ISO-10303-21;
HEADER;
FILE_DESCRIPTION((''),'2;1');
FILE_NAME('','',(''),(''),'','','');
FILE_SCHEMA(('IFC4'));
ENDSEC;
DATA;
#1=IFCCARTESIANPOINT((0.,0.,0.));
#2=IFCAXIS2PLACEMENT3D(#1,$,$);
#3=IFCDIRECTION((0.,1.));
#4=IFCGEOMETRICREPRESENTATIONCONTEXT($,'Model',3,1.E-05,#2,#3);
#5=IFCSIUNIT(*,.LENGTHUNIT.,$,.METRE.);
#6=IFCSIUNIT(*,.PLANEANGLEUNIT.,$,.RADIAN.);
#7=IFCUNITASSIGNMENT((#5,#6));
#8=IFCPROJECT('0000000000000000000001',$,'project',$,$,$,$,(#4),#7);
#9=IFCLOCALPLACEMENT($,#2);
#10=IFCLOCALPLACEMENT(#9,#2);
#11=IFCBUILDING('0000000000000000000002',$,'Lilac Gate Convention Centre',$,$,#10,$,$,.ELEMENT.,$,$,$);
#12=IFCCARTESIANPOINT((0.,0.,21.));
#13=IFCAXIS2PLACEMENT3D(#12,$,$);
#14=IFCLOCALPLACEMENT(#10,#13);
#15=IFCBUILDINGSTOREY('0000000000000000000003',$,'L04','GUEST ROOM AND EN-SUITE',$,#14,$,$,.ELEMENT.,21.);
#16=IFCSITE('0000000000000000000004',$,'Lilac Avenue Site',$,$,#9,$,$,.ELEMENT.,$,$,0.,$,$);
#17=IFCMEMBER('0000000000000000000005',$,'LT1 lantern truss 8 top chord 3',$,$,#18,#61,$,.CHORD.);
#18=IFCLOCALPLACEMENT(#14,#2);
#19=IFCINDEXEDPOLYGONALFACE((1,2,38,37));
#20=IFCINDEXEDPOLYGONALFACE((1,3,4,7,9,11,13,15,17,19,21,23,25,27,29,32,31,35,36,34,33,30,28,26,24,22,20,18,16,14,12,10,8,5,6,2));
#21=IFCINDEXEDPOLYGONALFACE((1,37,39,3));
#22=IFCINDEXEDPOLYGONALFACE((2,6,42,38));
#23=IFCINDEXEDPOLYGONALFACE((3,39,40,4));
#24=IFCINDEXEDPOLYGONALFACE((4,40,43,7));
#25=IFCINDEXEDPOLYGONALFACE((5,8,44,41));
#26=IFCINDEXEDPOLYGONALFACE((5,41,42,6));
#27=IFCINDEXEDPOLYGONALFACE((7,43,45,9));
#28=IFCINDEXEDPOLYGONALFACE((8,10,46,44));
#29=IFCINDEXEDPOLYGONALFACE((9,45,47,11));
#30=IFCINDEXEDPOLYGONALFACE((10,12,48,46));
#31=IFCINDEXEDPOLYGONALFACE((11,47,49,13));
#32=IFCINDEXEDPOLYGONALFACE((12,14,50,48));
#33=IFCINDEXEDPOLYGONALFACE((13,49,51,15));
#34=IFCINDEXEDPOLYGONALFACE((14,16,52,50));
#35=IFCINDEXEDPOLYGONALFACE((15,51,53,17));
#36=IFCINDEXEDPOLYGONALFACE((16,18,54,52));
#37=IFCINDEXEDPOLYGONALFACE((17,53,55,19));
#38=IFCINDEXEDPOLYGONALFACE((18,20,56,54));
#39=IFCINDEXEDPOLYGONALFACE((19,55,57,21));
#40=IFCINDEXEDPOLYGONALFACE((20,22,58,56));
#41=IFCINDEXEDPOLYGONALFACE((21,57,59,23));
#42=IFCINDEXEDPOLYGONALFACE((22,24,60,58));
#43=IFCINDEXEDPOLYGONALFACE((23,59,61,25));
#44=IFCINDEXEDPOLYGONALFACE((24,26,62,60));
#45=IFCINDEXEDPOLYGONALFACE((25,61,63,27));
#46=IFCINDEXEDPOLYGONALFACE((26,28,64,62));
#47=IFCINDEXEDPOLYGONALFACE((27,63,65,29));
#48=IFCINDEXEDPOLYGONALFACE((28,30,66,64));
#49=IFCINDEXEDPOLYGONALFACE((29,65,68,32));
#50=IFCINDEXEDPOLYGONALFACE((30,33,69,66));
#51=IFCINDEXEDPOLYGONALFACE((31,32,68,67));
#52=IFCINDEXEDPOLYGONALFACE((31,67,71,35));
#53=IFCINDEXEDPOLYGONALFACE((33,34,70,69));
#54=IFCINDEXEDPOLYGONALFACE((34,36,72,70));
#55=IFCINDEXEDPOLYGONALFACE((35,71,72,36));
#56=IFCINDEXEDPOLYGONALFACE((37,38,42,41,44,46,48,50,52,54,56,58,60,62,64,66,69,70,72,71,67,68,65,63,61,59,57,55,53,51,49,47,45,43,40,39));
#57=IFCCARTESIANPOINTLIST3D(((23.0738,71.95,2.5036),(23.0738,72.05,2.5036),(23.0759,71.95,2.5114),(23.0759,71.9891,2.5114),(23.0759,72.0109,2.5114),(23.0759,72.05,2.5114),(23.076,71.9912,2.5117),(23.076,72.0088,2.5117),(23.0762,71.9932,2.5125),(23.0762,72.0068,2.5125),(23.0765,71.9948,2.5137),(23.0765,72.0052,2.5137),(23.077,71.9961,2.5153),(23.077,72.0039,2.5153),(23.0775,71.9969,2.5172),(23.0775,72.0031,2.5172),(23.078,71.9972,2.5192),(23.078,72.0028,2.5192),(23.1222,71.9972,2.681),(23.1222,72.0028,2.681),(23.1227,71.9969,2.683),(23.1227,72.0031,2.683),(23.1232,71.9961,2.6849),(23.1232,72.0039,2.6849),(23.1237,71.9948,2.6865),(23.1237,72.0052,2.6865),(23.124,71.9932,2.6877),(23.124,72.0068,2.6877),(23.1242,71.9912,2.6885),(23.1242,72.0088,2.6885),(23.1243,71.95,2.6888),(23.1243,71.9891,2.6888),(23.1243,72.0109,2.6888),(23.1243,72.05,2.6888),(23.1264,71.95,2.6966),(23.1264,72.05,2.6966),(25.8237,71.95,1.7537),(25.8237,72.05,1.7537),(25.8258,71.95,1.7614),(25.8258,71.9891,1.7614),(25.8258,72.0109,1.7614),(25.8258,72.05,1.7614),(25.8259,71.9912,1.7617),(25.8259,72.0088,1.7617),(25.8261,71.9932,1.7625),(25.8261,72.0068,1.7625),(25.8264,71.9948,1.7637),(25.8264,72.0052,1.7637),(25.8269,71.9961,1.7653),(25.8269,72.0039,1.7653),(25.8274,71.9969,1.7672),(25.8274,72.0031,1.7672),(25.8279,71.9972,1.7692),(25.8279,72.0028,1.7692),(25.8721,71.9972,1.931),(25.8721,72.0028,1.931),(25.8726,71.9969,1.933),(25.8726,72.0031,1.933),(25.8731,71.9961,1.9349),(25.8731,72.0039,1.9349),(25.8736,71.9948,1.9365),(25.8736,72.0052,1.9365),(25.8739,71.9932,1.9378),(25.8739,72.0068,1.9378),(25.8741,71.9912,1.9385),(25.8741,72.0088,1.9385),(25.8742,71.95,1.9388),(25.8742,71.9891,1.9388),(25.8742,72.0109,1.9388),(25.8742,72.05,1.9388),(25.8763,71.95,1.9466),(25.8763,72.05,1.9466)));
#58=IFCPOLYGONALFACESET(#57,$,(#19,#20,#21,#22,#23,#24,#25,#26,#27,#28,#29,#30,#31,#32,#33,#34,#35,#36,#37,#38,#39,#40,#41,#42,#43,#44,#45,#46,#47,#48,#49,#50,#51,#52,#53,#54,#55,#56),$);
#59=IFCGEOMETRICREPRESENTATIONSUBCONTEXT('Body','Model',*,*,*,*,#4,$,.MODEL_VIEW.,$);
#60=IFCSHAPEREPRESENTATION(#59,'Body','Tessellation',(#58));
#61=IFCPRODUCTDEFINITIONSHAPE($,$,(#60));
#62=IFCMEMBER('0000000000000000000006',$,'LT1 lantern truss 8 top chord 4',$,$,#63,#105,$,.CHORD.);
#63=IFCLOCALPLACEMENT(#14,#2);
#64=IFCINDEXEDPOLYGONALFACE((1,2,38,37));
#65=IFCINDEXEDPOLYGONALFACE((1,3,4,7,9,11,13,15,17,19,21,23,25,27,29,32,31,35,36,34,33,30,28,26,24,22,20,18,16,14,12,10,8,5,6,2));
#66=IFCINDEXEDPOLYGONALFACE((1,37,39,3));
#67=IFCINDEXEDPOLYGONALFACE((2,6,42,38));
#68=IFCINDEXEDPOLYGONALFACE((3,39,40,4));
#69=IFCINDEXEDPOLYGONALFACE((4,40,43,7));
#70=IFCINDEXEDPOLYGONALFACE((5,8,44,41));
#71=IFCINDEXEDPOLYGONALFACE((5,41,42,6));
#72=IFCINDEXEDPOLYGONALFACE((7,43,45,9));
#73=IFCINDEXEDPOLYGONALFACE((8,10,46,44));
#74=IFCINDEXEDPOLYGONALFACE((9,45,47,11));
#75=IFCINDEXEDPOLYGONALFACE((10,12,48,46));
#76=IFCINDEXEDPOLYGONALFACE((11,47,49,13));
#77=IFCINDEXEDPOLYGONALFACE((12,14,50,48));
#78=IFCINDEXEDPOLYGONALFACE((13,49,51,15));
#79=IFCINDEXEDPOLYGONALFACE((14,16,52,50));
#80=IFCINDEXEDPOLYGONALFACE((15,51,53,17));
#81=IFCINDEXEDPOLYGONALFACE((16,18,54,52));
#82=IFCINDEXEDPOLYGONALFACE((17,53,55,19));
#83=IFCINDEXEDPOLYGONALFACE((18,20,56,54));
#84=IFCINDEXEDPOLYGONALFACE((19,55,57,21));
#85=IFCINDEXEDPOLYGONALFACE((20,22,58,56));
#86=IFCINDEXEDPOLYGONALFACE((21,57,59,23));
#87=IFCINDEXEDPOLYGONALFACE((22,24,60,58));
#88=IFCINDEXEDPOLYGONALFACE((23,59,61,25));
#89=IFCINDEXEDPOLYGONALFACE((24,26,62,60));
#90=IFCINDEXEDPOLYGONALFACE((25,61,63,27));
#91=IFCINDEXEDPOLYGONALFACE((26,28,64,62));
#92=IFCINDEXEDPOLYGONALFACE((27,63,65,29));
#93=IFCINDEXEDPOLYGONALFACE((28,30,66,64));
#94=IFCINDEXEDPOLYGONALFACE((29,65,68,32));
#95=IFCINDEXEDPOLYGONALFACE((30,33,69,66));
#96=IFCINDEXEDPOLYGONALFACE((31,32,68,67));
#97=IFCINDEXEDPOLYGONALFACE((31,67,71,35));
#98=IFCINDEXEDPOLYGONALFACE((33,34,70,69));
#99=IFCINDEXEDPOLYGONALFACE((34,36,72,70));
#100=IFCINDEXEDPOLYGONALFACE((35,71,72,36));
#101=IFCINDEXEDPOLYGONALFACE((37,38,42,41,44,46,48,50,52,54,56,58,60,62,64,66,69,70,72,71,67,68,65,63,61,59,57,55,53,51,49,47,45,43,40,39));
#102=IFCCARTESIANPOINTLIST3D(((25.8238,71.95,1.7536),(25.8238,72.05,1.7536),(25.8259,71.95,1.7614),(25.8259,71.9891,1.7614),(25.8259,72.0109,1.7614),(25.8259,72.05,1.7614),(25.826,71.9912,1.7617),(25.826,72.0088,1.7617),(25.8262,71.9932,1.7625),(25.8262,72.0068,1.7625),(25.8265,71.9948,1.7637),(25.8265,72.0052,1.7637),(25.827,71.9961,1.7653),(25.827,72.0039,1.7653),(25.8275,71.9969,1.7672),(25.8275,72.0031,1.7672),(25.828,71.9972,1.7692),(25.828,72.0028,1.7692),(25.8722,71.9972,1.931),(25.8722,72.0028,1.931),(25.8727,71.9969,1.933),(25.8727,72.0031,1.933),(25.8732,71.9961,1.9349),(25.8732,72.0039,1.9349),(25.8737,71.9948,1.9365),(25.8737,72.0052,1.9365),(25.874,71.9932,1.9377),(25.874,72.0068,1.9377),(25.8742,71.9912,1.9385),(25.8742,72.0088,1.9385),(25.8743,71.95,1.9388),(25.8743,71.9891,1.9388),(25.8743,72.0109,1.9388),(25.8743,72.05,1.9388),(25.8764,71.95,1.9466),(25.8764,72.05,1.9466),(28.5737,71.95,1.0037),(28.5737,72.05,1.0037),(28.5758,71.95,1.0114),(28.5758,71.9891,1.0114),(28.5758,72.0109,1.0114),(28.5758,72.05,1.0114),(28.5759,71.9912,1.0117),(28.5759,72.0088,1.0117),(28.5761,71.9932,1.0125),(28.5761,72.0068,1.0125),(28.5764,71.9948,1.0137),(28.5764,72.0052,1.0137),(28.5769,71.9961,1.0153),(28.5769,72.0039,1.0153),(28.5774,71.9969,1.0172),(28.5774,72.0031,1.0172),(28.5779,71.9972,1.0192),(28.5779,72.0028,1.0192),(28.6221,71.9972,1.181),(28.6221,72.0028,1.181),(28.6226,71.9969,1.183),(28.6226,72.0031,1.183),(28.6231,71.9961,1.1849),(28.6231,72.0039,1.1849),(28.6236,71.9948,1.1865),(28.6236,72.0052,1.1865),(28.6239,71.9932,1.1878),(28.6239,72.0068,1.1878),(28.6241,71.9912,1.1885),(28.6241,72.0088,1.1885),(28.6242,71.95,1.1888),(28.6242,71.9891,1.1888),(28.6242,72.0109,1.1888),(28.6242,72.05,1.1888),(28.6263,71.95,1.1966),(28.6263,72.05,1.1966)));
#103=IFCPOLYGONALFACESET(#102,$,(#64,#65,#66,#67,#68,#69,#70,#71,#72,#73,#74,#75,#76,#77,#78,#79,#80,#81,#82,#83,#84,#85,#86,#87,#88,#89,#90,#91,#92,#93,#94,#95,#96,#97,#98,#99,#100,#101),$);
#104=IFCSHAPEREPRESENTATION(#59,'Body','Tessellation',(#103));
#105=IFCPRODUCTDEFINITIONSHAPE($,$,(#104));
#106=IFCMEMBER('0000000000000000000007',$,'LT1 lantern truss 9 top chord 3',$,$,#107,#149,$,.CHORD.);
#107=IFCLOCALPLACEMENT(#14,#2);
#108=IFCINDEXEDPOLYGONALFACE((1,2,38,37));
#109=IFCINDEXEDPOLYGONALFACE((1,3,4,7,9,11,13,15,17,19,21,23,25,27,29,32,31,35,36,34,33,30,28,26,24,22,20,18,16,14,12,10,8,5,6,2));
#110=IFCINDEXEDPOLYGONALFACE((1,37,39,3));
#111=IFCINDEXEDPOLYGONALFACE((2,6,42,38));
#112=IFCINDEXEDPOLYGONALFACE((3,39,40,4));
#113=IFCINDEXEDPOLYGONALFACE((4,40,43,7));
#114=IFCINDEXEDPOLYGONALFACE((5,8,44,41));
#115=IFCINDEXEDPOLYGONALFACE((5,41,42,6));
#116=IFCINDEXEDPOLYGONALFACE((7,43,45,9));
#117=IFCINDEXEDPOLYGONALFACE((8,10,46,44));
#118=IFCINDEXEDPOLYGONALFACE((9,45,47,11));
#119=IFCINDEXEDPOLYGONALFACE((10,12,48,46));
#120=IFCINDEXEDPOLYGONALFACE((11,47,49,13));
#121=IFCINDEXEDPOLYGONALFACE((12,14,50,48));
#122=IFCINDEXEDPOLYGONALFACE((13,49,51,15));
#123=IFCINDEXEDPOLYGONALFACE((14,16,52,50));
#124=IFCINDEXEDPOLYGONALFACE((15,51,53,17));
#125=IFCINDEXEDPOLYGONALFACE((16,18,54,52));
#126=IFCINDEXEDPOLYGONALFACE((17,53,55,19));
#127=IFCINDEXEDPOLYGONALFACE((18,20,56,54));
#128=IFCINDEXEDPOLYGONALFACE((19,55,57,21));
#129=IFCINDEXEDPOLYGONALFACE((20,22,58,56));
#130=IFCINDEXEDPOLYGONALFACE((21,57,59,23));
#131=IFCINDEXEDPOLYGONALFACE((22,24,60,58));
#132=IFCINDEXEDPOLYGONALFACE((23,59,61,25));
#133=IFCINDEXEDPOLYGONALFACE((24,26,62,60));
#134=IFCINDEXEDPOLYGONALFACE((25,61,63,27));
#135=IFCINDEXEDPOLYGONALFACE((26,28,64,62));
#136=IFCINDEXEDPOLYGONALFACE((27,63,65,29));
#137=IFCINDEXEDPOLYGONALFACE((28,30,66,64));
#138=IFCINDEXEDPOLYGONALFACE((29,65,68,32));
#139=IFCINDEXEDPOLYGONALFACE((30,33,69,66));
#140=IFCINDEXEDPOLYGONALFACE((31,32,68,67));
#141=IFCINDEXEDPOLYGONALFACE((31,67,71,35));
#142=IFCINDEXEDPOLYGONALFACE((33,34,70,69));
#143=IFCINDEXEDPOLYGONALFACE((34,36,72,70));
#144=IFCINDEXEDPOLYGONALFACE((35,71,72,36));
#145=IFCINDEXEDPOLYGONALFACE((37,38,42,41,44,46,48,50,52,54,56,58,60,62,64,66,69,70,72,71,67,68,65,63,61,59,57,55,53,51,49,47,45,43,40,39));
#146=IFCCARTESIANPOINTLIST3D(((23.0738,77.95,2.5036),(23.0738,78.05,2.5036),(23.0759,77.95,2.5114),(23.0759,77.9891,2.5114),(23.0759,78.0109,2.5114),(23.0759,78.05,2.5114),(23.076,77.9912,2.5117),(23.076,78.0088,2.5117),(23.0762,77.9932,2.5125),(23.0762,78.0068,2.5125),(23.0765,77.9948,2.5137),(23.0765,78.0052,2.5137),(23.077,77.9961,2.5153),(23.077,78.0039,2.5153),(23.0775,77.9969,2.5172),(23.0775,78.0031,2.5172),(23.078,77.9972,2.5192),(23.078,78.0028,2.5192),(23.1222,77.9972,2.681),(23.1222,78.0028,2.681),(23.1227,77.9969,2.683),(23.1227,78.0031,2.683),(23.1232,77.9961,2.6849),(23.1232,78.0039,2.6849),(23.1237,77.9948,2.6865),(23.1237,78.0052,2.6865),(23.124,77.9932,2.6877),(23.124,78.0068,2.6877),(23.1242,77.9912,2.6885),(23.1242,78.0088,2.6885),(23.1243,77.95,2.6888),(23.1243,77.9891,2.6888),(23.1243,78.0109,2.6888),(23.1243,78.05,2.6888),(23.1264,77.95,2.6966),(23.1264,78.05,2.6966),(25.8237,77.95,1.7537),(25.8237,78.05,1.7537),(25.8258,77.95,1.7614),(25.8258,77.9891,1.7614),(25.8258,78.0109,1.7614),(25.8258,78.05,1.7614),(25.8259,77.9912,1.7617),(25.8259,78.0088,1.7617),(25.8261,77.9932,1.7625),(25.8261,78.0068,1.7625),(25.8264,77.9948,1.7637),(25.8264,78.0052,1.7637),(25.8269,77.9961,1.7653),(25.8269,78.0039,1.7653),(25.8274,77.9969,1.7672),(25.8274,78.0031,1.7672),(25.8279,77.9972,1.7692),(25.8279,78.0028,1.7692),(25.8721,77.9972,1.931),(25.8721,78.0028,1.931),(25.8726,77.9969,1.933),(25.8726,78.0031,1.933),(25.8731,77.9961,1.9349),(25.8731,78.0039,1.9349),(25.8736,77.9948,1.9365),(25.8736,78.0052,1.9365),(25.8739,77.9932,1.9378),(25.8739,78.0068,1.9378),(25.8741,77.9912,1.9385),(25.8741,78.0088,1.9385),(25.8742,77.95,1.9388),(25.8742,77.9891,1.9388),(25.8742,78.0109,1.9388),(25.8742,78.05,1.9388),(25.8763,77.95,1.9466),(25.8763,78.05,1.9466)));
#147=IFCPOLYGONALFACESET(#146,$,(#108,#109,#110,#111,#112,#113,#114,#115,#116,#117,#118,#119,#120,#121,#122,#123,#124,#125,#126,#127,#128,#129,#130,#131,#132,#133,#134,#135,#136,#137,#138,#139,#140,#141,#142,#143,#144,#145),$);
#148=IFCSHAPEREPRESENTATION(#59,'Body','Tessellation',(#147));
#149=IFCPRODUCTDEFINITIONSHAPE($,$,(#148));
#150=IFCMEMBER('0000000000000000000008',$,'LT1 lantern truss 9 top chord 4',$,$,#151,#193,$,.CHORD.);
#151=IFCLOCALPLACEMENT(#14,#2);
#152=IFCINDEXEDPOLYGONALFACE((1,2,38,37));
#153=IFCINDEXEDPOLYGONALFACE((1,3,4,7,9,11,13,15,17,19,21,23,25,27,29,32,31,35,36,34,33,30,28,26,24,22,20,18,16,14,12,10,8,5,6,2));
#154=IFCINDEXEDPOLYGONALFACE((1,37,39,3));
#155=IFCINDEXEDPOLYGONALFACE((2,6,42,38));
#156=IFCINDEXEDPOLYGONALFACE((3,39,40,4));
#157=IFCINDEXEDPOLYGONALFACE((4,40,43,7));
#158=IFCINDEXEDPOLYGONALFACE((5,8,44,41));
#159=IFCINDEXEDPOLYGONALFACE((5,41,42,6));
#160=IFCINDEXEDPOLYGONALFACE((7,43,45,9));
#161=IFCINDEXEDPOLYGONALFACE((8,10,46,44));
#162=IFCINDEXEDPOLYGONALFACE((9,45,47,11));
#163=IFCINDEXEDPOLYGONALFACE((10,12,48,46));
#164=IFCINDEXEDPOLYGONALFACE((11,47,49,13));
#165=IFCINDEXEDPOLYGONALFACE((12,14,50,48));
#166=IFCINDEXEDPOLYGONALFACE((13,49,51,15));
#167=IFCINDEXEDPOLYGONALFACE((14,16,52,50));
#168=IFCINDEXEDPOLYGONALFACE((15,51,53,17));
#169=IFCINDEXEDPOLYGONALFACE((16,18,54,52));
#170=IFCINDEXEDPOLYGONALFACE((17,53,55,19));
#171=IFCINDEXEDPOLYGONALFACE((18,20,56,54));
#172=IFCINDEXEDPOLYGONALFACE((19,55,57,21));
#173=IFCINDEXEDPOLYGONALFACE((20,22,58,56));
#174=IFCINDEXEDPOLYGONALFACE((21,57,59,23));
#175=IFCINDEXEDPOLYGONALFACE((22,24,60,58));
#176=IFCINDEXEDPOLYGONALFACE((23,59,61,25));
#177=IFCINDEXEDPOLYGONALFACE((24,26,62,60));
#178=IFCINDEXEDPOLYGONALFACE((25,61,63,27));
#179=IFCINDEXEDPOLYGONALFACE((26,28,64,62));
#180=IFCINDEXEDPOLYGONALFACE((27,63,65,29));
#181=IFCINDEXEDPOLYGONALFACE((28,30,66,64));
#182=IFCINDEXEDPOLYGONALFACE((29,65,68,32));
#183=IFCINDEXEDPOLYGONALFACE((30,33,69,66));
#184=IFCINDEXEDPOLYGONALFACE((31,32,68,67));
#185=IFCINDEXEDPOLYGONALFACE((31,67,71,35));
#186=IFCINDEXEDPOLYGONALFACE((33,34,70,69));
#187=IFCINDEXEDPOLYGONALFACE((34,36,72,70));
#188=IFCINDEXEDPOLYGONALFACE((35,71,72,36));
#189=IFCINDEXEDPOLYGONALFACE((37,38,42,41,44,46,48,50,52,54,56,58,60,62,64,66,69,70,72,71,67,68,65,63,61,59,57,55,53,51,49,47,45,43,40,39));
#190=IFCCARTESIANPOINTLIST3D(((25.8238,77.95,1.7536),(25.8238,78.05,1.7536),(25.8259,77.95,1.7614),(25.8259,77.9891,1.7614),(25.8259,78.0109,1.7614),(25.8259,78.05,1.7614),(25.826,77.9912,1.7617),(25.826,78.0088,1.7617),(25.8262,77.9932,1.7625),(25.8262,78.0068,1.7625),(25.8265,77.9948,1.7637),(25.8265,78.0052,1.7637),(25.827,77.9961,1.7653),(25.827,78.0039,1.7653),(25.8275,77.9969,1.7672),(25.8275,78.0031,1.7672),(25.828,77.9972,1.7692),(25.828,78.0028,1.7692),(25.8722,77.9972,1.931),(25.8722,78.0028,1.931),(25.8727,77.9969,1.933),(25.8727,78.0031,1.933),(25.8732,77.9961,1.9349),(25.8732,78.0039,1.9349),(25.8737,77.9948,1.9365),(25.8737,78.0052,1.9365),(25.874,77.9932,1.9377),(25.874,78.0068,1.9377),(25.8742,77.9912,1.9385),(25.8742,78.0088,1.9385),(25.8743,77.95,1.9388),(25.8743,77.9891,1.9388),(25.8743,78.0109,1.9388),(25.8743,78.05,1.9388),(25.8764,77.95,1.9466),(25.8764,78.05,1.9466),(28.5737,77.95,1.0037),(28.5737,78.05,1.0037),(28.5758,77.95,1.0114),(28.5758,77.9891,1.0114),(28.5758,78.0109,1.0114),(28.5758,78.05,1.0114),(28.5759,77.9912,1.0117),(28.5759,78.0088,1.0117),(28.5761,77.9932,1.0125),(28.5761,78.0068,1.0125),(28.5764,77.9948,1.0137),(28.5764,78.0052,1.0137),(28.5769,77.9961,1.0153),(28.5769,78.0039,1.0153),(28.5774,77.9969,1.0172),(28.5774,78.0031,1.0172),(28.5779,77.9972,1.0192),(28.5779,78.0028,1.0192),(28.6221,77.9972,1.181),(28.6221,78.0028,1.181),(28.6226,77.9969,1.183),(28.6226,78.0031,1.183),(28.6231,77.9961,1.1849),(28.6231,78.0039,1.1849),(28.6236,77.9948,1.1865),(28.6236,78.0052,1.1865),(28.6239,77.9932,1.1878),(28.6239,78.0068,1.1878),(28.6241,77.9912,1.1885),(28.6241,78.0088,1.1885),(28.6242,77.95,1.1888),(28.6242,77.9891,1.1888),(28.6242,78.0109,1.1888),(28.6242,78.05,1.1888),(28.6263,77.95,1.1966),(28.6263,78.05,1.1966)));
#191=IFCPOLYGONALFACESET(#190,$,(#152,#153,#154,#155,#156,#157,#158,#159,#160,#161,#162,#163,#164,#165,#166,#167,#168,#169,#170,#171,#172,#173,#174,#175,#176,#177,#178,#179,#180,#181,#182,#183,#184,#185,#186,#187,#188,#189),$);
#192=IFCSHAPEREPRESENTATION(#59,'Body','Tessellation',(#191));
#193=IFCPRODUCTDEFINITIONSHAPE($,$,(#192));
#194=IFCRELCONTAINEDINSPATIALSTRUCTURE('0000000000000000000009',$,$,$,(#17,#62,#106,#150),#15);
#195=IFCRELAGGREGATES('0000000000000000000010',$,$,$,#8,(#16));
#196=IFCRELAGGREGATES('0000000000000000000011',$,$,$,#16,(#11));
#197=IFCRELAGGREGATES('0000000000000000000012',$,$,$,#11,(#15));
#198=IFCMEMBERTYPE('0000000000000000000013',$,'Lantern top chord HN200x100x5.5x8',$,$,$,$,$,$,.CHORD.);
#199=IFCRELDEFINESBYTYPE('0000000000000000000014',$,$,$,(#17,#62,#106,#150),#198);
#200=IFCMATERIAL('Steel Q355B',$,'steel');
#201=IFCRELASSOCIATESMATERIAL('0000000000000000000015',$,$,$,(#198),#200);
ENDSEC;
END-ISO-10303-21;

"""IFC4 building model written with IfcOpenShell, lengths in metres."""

from ifc_helpers import new_model, si_unit, direction, frame, origin, origin_2d, place, context, subcontext, project, spatial, i_section, extrude, material, material_profile, profile_set, type_object, element, save


model = new_model("IFC4")

# Units and contexts
model_context = context("Model", 3, precision=1e-05, world=origin(), true_north=direction((0.0, 1.0)))
body_context = subcontext(model_context, "Body", "Model", "MODEL_VIEW")
ifc_project = project(units=[si_unit("LENGTHUNIT", "METRE"), si_unit("PLANEANGLEUNIT", "RADIAN")], contexts=[model_context])

# Site, building, storey
site_placement = place(None, origin())
site = spatial("IfcSite", under=ifc_project, at=site_placement, Name="Lilac Avenue Site", CompositionType="ELEMENT", RefElevation=0.0)
building_placement = place(site_placement, origin())
building = spatial("IfcBuilding", under=site, at=building_placement, Name="Lilac Gate Convention Centre", CompositionType="ELEMENT")
storey_placement = place(building_placement, frame((0.0, 0.0, 21.0)))
storey = spatial("IfcBuildingStorey", under=building, at=storey_placement, Name="L04", Description="GUEST ROOM AND EN-SUITE", CompositionType="ELEMENT", Elevation=21.0)

# Members
ifc_material_1 = material(Name="Steel Q355B", Category="steel")
ifc_material_profile_1 = material_profile(ifc_material_1, i_section(OverallWidth=0.1001, OverallDepth=0.2, WebThickness=0.0056, FlangeThickness=0.0081, FilletRadius=0.0081, at=origin_2d()), Name="HN200x100x5.5x8")
ifc_profile_set_1 = profile_set([ifc_material_profile_1], Name="Steel Q355B")
member_type_1 = type_object("IfcMemberType", Name="Lantern top chord HN200x100x5.5x8", PredefinedType="CHORD", material=ifc_profile_set_1)
for number, where, z_axis, x_axis, name in (
    (1, (23.1001, 72.0, 2.6001), (0.964764, 0.0, -0.263117), (0.0, 1.0, 0.0), "LT1 lantern truss 8 top chord 3"),
    (2, (25.8501, 72.0, 1.8501), (0.964764, 0.0, -0.263117), (0.0, 1.0, 0.0), "LT1 lantern truss 8 top chord 4"),
    (3, (23.1001, 78.0, 2.6001), (0.964764, 0.0, -0.263117), (0.0, 1.0, 0.0), "LT1 lantern truss 9 top chord 3"),
    (4, (25.8501, 78.0, 1.8501), (0.964764, 0.0, -0.263117), (0.0, 1.0, 0.0), "LT1 lantern truss 9 top chord 4"),
):
    element("IfcMember", number, at=place(storey_placement, frame(where, z_axis=z_axis, x_axis=x_axis)), inside=storey, type_object=member_type_1, Name=name, PredefinedType="CHORD", context=body_context, shape_type="SweptSolid", body=[
        extrude(i_section(OverallWidth=0.1001, OverallDepth=0.2, WebThickness=0.0056, FlangeThickness=0.0081, FilletRadius=0.0081, at=origin_2d()), origin(), (0.0, 0.0, 1.0), 2.8503),
    ])

save(model, "model.ifc")
